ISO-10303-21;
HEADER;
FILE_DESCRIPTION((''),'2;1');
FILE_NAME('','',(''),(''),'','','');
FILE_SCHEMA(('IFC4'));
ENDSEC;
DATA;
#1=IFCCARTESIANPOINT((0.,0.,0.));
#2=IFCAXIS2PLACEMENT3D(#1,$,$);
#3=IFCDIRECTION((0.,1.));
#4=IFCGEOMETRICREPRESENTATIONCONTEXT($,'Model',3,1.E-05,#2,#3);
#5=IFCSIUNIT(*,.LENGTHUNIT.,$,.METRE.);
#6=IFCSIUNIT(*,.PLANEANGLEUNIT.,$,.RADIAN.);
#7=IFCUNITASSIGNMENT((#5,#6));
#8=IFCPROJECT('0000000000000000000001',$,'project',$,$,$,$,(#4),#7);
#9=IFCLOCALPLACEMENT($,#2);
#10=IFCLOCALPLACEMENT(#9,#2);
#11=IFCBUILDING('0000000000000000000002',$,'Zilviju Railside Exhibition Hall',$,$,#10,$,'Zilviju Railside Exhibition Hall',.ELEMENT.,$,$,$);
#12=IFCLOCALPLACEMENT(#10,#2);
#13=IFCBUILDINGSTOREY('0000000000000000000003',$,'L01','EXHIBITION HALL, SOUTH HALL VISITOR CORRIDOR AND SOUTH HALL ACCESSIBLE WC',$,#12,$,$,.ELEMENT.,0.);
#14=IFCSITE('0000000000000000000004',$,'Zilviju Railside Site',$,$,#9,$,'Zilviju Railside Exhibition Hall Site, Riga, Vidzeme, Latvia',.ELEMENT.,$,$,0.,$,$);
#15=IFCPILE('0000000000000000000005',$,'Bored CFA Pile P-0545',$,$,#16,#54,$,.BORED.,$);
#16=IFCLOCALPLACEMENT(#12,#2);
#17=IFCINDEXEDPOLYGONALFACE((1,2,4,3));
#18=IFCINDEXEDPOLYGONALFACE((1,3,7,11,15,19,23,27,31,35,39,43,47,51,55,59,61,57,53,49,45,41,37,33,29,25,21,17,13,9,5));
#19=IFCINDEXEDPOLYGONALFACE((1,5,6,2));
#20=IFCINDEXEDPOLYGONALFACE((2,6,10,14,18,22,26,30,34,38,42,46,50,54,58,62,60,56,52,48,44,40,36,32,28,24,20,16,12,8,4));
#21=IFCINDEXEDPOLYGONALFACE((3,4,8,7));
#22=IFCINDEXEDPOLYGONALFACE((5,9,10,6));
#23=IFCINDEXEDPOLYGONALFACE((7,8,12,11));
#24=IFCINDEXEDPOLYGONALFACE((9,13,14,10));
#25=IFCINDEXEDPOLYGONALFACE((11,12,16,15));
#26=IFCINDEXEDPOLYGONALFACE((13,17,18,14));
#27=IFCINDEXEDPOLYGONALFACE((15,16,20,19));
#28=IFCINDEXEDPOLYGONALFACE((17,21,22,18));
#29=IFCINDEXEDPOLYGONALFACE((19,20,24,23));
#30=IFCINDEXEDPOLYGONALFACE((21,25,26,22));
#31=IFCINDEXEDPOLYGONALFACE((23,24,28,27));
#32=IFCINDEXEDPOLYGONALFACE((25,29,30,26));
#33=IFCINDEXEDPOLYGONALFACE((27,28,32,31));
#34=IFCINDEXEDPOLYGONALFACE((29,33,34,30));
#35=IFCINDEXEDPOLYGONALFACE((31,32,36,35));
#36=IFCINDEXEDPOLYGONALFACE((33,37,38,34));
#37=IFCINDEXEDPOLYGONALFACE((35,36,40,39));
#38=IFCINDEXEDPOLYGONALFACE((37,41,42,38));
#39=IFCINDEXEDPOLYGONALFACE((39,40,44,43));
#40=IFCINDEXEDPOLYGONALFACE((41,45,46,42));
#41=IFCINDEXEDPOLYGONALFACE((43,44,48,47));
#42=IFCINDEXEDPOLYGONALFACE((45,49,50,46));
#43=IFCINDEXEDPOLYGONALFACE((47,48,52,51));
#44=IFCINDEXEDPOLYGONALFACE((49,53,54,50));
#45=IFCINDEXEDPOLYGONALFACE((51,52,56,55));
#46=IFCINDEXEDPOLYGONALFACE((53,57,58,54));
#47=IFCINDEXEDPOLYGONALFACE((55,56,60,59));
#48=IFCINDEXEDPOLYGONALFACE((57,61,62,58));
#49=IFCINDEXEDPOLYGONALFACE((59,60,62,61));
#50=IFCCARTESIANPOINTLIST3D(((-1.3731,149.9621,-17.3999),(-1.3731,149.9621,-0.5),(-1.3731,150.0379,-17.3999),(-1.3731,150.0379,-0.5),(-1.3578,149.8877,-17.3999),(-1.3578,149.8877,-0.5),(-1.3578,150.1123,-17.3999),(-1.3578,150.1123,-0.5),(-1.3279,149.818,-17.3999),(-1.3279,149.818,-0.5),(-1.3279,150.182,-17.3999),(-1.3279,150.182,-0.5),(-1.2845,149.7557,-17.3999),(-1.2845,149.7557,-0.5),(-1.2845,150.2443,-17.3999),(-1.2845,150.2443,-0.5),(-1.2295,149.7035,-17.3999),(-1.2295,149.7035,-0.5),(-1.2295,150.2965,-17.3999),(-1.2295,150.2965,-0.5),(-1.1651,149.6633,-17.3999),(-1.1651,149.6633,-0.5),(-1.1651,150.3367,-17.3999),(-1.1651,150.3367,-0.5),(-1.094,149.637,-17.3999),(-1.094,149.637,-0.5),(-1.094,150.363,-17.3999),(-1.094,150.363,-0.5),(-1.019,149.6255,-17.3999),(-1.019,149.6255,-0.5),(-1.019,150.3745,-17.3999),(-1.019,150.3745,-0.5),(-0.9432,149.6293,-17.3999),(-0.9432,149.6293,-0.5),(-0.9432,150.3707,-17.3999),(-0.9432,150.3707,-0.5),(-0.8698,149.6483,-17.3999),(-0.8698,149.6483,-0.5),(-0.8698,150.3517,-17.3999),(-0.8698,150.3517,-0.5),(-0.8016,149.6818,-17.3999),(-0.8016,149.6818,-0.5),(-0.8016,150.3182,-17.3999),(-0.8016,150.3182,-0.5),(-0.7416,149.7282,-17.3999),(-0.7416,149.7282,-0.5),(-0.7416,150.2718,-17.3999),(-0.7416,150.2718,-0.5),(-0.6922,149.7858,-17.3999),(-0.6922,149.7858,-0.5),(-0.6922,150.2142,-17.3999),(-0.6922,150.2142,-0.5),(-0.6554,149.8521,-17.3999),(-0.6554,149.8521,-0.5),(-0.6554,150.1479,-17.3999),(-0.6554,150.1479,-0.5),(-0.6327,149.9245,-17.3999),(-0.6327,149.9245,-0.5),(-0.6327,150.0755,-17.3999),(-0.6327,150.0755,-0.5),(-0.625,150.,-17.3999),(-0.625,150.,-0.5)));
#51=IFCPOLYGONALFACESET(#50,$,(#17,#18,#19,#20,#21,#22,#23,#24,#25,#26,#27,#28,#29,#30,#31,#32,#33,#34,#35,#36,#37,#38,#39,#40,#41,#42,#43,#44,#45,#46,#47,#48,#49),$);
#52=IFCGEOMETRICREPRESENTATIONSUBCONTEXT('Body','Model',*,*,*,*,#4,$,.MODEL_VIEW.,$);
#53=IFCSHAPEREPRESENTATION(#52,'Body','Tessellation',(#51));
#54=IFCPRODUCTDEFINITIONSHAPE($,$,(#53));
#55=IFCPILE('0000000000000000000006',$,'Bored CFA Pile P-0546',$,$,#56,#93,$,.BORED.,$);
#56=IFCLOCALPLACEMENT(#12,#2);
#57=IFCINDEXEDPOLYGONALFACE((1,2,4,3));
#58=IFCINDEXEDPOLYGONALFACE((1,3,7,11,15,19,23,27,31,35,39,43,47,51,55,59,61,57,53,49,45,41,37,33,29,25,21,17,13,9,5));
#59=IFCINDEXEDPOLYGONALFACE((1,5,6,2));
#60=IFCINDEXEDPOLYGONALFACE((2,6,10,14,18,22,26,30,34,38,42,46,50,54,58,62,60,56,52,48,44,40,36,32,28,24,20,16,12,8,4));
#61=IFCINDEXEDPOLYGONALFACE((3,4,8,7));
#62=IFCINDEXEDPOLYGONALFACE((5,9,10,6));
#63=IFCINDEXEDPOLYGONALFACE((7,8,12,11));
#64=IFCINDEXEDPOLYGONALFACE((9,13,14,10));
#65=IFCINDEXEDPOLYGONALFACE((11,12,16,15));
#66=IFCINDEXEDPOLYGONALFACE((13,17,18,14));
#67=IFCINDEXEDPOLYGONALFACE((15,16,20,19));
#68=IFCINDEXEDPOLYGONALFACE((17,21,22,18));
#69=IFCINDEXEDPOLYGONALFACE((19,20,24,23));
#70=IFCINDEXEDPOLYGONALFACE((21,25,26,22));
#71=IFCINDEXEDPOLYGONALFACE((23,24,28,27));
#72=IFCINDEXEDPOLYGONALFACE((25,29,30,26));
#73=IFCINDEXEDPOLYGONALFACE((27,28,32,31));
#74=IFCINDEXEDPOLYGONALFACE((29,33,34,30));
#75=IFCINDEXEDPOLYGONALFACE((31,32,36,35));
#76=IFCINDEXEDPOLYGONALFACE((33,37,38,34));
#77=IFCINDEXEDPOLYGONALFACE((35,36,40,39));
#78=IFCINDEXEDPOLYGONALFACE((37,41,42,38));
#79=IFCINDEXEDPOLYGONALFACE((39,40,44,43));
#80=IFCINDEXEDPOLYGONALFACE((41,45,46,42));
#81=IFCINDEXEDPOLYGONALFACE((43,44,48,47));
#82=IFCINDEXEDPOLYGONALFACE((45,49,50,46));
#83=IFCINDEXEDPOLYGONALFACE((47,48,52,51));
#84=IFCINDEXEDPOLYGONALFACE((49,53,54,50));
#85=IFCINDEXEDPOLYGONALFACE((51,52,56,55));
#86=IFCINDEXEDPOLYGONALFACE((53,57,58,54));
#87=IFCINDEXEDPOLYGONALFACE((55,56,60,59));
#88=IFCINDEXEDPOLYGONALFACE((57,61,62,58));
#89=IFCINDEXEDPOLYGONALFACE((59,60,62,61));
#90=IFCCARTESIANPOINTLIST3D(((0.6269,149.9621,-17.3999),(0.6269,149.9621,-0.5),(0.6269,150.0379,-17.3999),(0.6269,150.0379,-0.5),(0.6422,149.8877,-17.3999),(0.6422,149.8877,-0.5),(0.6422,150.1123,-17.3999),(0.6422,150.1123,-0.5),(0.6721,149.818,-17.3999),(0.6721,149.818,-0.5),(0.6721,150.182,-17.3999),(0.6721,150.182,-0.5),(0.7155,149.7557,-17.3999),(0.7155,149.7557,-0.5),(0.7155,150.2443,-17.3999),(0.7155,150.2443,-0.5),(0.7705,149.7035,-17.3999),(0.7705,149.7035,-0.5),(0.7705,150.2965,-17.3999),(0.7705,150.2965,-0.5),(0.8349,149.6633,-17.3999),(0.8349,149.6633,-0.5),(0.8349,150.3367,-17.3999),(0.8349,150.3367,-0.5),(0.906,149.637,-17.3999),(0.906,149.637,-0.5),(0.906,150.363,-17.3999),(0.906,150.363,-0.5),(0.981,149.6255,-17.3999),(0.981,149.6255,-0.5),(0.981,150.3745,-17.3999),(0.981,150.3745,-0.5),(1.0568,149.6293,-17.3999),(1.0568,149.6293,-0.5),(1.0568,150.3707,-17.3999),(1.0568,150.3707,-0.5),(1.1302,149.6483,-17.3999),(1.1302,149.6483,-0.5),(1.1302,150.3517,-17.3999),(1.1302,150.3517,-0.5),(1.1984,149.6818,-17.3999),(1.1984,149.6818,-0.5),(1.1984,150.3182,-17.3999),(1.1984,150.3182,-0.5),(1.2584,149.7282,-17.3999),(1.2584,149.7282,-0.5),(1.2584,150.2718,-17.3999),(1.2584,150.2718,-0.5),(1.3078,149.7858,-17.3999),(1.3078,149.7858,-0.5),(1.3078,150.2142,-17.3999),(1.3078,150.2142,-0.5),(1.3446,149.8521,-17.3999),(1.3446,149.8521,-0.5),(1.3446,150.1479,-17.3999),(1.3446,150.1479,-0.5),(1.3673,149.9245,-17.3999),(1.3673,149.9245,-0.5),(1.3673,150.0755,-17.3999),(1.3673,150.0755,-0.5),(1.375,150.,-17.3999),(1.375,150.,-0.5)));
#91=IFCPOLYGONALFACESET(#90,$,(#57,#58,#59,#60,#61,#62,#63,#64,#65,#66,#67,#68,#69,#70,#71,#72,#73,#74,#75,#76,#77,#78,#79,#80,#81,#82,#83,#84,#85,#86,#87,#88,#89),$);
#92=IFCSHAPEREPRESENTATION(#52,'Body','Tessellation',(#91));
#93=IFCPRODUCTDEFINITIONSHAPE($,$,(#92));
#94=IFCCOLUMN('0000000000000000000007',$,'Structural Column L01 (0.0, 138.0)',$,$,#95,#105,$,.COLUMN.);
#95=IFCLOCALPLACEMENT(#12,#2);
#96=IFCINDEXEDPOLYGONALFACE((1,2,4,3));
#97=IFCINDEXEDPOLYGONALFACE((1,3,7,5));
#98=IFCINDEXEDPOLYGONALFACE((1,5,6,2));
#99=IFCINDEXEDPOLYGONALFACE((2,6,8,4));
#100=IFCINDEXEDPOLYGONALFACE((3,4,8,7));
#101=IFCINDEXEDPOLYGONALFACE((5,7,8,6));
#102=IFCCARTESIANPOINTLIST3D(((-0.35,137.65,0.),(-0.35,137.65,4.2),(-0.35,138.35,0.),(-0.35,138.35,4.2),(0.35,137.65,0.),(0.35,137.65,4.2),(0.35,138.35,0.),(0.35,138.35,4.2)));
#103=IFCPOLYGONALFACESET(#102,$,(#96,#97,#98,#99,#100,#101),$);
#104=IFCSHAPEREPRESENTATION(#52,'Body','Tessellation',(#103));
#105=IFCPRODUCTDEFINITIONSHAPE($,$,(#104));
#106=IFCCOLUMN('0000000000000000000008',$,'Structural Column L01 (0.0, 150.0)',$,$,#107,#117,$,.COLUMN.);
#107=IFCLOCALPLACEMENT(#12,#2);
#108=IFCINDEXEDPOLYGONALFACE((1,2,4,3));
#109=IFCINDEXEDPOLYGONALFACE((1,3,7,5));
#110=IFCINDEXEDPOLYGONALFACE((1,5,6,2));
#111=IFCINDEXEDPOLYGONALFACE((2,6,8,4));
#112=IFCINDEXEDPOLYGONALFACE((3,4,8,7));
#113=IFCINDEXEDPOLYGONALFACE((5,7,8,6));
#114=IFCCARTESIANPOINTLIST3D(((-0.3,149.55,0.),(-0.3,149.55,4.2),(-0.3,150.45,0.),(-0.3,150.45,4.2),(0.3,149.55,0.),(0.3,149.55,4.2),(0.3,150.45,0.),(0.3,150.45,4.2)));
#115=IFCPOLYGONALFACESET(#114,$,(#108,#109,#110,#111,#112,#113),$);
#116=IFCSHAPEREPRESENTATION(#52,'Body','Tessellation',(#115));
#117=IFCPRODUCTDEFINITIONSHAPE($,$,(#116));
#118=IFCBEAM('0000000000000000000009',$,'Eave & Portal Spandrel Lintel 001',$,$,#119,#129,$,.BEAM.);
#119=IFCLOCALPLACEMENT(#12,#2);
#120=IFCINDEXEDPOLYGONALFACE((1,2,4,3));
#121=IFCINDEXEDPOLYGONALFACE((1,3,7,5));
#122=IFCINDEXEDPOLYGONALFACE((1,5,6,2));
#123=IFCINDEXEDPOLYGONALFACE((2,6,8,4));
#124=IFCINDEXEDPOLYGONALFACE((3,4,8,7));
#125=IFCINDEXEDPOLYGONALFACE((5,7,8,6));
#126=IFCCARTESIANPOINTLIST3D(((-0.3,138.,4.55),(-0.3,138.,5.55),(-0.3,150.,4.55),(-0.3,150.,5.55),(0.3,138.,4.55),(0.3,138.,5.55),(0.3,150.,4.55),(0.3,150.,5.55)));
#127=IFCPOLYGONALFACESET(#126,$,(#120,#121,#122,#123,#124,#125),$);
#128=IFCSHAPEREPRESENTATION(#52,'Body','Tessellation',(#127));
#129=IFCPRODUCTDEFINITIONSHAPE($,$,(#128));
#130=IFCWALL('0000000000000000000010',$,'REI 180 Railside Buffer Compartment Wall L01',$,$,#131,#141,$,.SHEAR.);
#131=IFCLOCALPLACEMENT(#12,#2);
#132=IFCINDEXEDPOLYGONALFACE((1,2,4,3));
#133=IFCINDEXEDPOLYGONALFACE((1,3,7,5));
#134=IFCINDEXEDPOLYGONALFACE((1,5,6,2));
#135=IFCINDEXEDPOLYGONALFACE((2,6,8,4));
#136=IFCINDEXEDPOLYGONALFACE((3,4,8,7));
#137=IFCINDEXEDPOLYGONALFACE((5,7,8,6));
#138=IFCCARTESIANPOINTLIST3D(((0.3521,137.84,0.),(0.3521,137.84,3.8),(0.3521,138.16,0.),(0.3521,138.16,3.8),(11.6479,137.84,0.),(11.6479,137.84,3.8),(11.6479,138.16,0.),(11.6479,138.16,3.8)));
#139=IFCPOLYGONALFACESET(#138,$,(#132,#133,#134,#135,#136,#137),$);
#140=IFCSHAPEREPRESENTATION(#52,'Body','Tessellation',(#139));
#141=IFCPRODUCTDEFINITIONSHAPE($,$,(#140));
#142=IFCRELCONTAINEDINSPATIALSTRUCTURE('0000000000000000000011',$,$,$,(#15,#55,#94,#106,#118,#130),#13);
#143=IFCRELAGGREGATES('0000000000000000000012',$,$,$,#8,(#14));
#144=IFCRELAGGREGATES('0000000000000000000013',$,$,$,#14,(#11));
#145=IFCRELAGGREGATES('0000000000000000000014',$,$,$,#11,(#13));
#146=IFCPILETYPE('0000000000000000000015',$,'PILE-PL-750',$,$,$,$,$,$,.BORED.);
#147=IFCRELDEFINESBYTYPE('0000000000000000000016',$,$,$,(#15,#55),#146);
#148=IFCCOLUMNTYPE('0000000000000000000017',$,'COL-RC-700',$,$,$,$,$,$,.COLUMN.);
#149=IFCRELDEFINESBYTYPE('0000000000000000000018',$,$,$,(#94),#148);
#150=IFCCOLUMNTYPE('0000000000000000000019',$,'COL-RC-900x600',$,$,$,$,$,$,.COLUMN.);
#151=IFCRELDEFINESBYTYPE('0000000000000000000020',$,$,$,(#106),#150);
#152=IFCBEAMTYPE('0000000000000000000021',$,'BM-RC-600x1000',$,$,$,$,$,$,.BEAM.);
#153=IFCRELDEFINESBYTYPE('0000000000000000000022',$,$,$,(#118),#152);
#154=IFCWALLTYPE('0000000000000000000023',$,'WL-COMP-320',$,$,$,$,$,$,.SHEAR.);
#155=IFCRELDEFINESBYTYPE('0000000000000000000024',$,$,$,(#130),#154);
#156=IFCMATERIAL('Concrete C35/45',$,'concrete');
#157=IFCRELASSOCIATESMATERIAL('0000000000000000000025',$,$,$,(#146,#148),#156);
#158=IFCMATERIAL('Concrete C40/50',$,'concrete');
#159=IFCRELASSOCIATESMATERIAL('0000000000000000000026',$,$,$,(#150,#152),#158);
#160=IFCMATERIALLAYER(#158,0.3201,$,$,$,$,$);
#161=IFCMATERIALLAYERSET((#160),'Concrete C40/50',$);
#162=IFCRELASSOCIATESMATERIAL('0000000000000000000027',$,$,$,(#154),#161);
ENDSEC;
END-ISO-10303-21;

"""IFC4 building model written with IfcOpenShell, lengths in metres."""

from ifc_helpers import new_model, si_unit, direction, frame, frame_2d, origin, origin_2d, place, context, subcontext, project, spatial, rectangle, circle, extrude, material, layer, layer_set, material_profile, profile_set, type_object, element, save


model = new_model("IFC4")

# Units and contexts
model_context = context("Model", 3, precision=1e-05, world=origin(), true_north=direction((0.0, 1.0)))
body_context = subcontext(model_context, "Body", "Model", "MODEL_VIEW")
ifc_project = project(units=[si_unit("LENGTHUNIT", "METRE"), si_unit("PLANEANGLEUNIT", "RADIAN")], contexts=[model_context])

# Site, building, storey
site_placement = place(None, origin())
site = spatial("IfcSite", under=ifc_project, at=site_placement, Name="Zilviju Railside Site", LongName="Zilviju Railside Exhibition Hall Site, Riga, Vidzeme, Latvia", CompositionType="ELEMENT", RefElevation=0.0)
building_placement = place(site_placement, origin())
building = spatial("IfcBuilding", under=site, at=building_placement, Name="Zilviju Railside Exhibition Hall", LongName="Zilviju Railside Exhibition Hall", CompositionType="ELEMENT")
storey_placement = place(building_placement, origin())
storey = spatial("IfcBuildingStorey", under=building, at=storey_placement, Name="L01", Description="EXHIBITION HALL, SOUTH HALL VISITOR CORRIDOR AND SOUTH HALL ACCESSIBLE WC", CompositionType="ELEMENT", Elevation=0.0)

# Shared definitions
ifc_material_1 = material(Name="Concrete C35/45", Category="concrete")
ifc_material_2 = material(Name="Concrete C40/50", Category="concrete")

# Piles
ifc_material_profile_1 = material_profile(ifc_material_1, circle(Radius=0.375, at=origin_2d()), Name="CFA PILE D750")
ifc_profile_set_1 = profile_set([ifc_material_profile_1], Name="Concrete C35/45")
pile_type = type_object("IfcPileType", Name="PILE-PL-750", PredefinedType="BORED", material=ifc_profile_set_1)
for number, where, z_axis, x_axis, name in (
    (1, (-1.0, 150.0, -0.5), (0.0, 0.0, -1.0), (1.0, 0.0, 0.0), "Bored CFA Pile P-0545"),
    (2, (1.0, 150.0, -0.5), (0.0, 0.0, -1.0), (1.0, 0.0, 0.0), "Bored CFA Pile P-0546"),
):
    element("IfcPile", number, at=place(storey_placement, frame(where, z_axis=z_axis, x_axis=x_axis)), inside=storey, type_object=pile_type, Name=name, PredefinedType="BORED", context=body_context, shape_type="SweptSolid", body=[
        extrude(circle(Radius=0.375, at=origin_2d()), origin(), (0.0, 0.0, 1.0), 16.8999),
    ])

# Columns
ifc_material_profile_2 = material_profile(ifc_material_1, rectangle(XDim=0.7, YDim=0.7, at=origin_2d()), Name="RC COL 700x700")
ifc_profile_set_2 = profile_set([ifc_material_profile_2], Name="Concrete C35/45")
column_type_1 = type_object("IfcColumnType", Name="COL-RC-700", PredefinedType="COLUMN", material=ifc_profile_set_2)
column_1_placement = place(storey_placement, frame((0.0, 138.0, 0.0), z_axis=(0.0, 0.0, 1.0), x_axis=(1.0, 0.0, 0.0)))
element("IfcColumn", 3, at=column_1_placement, inside=storey, type_object=column_type_1, Name="Structural Column L01 (0.0, 138.0)", PredefinedType="COLUMN", context=body_context, shape_type="SweptSolid", body=[
    extrude(rectangle(XDim=0.7, YDim=0.7, at=origin_2d()), origin(), (0.0, 0.0, 1.0), 4.2),
])
ifc_material_profile_3 = material_profile(ifc_material_2, rectangle(XDim=0.6001, YDim=0.8999, at=origin_2d()), Name="RC COL 600x900")
ifc_profile_set_3 = profile_set([ifc_material_profile_3], Name="Concrete C40/50")
column_type_2 = type_object("IfcColumnType", Name="COL-RC-900x600", PredefinedType="COLUMN", material=ifc_profile_set_3)
column_2_placement = place(storey_placement, frame((0.0, 150.0, 0.0), z_axis=(0.0, 0.0, 1.0), x_axis=(1.0, 0.0, 0.0)))
element("IfcColumn", 4, at=column_2_placement, inside=storey, type_object=column_type_2, Name="Structural Column L01 (0.0, 150.0)", PredefinedType="COLUMN", context=body_context, shape_type="SweptSolid", body=[
    extrude(rectangle(XDim=0.6001, YDim=0.8999, at=origin_2d()), origin(), (0.0, 0.0, 1.0), 4.2),
])

# Beam
ifc_material_profile_4 = material_profile(ifc_material_2, rectangle(XDim=0.6001, YDim=1.0, at=origin_2d()), Name="RC BEAM 600x1000")
ifc_profile_set_4 = profile_set([ifc_material_profile_4], Name="Concrete C40/50")
beam_type = type_object("IfcBeamType", Name="BM-RC-600x1000", PredefinedType="BEAM", material=ifc_profile_set_4)
beam_placement = place(storey_placement, frame((0.0, 138.0, 5.05), z_axis=(0.0, 1.0, 0.0), x_axis=(-1.0, 0.0, 0.0)))
element("IfcBeam", 5, at=beam_placement, inside=storey, type_object=beam_type, Name="Eave & Portal Spandrel Lintel 001", PredefinedType="BEAM", context=body_context, shape_type="SweptSolid", body=[
    extrude(rectangle(XDim=0.6001, YDim=1.0, at=origin_2d()), origin(), (0.0, 0.0, 1.0), 12.0),
])

# Wall
ifc_layer_1 = layer(ifc_material_2, 0.3201)
ifc_layer_set_1 = layer_set([ifc_layer_1], Name="Concrete C40/50")
wall_type_1 = type_object("IfcWallType", Name="WL-COMP-320", PredefinedType="SHEAR", material=ifc_layer_set_1)
wall_1_placement = place(storey_placement, frame((0.3521, 138.0, 0.0), z_axis=(0.0, 0.0, 1.0), x_axis=(1.0, 0.0, 0.0)))
element("IfcWall", 6, at=wall_1_placement, inside=storey, type_object=wall_type_1, Name="REI 180 Railside Buffer Compartment Wall L01", PredefinedType="SHEAR", context=body_context, shape_type="SweptSolid", body=[
    extrude(rectangle(XDim=11.2959, YDim=0.3201, at=frame_2d((5.6479, 0.0))), origin(), (0.0, 0.0, 1.0), 3.8),
])

save(model, "model.ifc")
